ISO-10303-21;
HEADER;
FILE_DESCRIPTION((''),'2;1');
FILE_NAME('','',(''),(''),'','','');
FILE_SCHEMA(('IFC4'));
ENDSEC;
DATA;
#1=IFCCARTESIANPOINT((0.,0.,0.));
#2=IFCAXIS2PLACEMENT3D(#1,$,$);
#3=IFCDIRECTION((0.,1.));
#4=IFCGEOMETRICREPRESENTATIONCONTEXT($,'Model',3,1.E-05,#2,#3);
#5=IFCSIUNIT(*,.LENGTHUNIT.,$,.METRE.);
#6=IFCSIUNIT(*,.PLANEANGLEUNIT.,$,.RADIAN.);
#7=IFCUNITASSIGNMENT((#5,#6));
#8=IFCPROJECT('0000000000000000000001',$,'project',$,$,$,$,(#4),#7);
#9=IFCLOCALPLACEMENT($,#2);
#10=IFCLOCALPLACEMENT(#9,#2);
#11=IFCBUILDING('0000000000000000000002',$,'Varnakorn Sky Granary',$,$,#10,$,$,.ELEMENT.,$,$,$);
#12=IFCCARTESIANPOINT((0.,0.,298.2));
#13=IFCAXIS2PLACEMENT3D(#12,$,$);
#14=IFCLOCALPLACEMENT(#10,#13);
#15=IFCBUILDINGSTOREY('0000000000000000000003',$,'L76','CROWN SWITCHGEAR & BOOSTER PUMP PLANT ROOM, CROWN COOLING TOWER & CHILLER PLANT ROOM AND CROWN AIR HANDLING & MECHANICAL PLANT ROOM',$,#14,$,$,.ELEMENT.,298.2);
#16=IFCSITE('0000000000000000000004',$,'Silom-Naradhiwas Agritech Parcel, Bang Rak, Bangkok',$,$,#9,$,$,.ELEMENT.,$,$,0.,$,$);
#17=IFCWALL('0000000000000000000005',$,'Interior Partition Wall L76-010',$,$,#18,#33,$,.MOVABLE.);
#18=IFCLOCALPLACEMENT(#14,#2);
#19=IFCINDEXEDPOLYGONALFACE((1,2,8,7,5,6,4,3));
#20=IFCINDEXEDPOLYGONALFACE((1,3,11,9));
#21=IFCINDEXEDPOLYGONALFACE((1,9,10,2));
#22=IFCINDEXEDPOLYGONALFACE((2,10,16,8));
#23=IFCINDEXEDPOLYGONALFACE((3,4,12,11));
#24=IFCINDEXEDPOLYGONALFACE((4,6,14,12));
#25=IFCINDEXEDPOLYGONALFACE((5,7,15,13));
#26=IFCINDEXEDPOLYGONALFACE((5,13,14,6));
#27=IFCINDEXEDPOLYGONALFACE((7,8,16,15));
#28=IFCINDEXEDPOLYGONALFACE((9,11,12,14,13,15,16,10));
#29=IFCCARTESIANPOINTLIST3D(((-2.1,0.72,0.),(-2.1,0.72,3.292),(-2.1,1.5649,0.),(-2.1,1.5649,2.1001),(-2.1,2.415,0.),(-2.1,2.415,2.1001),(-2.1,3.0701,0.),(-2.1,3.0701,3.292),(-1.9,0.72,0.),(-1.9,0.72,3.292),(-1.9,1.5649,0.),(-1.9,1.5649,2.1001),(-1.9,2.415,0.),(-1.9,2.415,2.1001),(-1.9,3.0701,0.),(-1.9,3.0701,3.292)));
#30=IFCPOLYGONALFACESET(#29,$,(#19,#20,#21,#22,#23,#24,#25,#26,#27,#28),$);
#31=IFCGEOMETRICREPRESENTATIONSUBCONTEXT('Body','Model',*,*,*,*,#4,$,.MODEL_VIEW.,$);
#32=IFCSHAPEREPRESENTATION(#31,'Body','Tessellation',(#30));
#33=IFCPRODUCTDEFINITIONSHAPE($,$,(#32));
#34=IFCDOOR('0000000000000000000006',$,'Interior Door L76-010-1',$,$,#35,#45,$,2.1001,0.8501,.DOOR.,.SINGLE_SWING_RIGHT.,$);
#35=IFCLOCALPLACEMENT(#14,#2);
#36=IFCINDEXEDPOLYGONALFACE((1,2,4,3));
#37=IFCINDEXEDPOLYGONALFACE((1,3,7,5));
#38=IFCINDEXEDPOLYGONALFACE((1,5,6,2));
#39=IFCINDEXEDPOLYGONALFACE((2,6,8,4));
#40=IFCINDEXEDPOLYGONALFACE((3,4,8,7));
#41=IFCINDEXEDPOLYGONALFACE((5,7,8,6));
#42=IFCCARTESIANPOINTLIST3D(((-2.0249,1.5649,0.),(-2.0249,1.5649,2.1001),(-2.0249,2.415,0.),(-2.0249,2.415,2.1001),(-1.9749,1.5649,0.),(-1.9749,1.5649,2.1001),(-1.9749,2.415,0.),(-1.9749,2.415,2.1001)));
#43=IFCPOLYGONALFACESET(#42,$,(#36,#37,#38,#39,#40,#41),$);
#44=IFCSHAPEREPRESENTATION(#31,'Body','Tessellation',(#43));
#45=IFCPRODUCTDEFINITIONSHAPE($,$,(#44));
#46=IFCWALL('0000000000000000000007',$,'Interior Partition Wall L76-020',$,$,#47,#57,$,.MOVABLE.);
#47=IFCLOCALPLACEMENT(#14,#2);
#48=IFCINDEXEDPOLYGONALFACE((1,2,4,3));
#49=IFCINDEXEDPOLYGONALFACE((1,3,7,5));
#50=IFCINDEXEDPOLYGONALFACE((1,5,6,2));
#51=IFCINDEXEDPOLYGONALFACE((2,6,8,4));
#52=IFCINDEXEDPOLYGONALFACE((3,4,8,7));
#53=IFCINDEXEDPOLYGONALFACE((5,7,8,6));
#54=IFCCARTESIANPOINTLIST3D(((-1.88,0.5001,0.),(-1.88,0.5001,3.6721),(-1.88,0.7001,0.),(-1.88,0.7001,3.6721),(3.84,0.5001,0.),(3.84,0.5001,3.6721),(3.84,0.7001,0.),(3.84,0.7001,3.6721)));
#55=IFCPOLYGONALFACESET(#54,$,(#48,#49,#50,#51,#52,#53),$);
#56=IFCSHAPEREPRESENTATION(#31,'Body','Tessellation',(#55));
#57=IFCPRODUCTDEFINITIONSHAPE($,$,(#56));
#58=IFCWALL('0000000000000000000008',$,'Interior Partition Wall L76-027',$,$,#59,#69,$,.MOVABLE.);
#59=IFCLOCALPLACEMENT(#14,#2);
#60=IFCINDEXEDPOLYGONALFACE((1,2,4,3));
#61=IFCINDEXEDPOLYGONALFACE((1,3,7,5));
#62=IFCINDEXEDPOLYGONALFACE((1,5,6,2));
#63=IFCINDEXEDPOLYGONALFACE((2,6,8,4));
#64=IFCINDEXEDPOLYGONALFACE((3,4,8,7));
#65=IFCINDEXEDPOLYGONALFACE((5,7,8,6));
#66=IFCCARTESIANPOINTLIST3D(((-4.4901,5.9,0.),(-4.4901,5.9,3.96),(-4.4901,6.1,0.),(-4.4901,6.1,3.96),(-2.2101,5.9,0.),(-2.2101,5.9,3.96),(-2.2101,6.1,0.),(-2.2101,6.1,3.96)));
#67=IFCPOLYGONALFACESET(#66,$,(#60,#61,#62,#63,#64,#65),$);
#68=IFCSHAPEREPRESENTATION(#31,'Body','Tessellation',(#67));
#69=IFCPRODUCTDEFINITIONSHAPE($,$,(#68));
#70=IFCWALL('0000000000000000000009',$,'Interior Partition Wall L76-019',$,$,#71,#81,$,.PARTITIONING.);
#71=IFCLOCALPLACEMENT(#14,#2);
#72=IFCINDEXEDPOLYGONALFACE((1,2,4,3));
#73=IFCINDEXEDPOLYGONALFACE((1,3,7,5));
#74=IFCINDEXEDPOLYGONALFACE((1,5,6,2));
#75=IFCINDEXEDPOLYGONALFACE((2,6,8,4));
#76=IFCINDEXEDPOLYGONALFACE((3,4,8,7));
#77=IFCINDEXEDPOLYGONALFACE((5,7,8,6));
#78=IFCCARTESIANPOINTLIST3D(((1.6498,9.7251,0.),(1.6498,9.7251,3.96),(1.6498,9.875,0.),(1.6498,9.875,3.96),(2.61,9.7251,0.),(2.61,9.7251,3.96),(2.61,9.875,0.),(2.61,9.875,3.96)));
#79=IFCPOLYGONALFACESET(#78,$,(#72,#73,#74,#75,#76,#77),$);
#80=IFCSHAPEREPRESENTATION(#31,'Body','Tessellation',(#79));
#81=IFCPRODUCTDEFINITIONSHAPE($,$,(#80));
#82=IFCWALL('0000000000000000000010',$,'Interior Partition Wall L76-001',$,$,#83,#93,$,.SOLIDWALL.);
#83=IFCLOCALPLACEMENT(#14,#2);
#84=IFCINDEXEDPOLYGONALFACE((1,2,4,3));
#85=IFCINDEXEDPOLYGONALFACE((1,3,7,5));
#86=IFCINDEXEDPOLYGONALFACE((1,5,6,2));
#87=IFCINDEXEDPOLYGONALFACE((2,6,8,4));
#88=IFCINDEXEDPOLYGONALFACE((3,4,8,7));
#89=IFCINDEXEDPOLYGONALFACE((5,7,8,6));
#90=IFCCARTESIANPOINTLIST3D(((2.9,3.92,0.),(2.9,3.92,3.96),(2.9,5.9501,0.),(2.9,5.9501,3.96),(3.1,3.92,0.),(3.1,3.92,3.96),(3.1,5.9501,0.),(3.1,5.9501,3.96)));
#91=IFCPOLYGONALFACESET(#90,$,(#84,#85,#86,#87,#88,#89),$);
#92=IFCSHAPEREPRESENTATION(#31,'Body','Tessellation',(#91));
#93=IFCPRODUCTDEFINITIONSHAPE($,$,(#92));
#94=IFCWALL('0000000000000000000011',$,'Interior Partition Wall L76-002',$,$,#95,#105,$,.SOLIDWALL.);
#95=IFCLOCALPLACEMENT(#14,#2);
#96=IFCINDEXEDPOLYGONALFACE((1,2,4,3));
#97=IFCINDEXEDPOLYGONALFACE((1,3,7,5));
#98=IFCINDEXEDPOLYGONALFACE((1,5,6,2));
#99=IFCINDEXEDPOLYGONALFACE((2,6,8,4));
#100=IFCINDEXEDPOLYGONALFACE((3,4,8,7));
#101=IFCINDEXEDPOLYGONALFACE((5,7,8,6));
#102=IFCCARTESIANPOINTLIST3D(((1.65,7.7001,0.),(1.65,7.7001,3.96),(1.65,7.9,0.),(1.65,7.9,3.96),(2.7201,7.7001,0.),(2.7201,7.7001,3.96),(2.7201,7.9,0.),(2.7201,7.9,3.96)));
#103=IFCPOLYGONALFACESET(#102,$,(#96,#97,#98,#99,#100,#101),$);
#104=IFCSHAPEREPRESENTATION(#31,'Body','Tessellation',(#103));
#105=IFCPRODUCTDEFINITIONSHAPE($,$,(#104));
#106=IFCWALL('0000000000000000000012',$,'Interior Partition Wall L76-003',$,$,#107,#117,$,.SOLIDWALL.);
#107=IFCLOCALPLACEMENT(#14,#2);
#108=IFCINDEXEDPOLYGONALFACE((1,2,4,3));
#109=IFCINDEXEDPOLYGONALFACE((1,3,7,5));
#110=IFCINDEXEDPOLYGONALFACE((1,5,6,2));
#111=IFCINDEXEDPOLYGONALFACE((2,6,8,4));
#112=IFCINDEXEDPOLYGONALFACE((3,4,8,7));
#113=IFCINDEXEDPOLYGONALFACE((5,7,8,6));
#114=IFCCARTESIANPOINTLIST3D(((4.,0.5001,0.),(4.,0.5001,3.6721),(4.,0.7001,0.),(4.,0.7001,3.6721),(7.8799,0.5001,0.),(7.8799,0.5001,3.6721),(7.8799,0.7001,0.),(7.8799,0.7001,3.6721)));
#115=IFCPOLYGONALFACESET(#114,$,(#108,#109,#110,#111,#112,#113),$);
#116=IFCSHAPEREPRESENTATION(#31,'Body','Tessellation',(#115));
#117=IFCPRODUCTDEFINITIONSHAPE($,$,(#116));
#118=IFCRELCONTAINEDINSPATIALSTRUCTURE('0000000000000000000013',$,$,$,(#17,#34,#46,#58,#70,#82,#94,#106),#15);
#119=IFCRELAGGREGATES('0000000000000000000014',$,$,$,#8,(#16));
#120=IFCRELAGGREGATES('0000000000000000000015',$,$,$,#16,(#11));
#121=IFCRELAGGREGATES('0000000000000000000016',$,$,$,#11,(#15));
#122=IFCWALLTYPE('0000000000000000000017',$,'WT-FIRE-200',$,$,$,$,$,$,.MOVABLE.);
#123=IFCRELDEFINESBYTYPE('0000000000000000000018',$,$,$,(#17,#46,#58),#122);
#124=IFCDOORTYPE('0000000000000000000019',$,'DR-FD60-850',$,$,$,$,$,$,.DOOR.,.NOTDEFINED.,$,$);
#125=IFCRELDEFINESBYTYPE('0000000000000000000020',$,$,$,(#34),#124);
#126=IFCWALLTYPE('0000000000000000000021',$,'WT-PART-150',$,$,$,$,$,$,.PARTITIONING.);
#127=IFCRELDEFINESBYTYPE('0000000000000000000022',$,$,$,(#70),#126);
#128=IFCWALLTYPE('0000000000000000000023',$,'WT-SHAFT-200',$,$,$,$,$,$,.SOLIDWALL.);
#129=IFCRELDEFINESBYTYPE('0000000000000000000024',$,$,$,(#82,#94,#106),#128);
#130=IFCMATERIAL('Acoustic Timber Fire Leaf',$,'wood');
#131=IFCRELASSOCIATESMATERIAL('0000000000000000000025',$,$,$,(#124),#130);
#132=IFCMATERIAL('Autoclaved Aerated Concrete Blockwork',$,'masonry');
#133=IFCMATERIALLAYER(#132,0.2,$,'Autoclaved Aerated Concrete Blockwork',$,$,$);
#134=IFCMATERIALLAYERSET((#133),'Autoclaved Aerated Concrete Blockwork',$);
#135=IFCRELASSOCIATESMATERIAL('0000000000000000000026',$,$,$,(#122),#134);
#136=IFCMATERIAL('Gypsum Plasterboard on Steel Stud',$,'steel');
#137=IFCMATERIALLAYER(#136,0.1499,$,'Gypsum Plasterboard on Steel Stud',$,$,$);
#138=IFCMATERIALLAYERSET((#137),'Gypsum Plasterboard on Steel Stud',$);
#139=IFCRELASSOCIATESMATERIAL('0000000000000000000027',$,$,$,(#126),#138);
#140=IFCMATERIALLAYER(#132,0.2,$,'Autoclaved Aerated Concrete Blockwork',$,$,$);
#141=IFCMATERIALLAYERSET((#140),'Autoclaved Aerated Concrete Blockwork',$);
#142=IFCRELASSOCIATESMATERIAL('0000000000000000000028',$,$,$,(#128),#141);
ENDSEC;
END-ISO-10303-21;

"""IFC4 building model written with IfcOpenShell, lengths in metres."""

from ifc_helpers import new_model, si_unit, direction, frame, frame_2d, origin, place, context, subcontext, project, spatial, rectangle, extrude, material, layer, layer_set, type_object, element, fill, save


model = new_model("IFC4")

# Units and contexts
model_context = context("Model", 3, precision=1e-05, world=origin(), true_north=direction((0.0, 1.0)))
body_context = subcontext(model_context, "Body", "Model", "MODEL_VIEW")
ifc_project = project(units=[si_unit("LENGTHUNIT", "METRE"), si_unit("PLANEANGLEUNIT", "RADIAN")], contexts=[model_context])

# Site, building, storey
site_placement = place(None, origin())
site = spatial("IfcSite", under=ifc_project, at=site_placement, Name="Silom-Naradhiwas Agritech Parcel, Bang Rak, Bangkok", CompositionType="ELEMENT", RefElevation=0.0)
building_placement = place(site_placement, origin())
building = spatial("IfcBuilding", under=site, at=building_placement, Name="Varnakorn Sky Granary", CompositionType="ELEMENT")
storey_placement = place(building_placement, frame((0.0, 0.0, 298.2)))
storey = spatial("IfcBuildingStorey", under=building, at=storey_placement, Name="L76", Description="CROWN SWITCHGEAR & BOOSTER PUMP PLANT ROOM, CROWN COOLING TOWER & CHILLER PLANT ROOM AND CROWN AIR HANDLING & MECHANICAL PLANT ROOM", CompositionType="ELEMENT", Elevation=298.2)

# Shared definitions
ifc_material_1 = material(Name="Acoustic Timber Fire Leaf", Category="wood")
door_type_1 = type_object("IfcDoorType", Name="DR-FD60-850", OperationType="NOTDEFINED", PredefinedType="DOOR", material=ifc_material_1)

# Shared definitions
ifc_material_2 = material(Name="Autoclaved Aerated Concrete Blockwork", Category="masonry")
ifc_layer_1 = layer(ifc_material_2, 0.2, Name="Autoclaved Aerated Concrete Blockwork")
ifc_layer_set_1 = layer_set([ifc_layer_1], Name="Autoclaved Aerated Concrete Blockwork")
wall_type_1 = type_object("IfcWallType", Name="WT-FIRE-200", PredefinedType="MOVABLE", material=ifc_layer_set_1)

# Wall, opening, door
wall_1_placement = place(storey_placement, frame((-2.0, 0.72, 0.0), z_axis=(0.0, 0.0, 1.0), x_axis=(0.0, 1.0, 0.0)))
wall_1 = element("IfcWall", 1, at=wall_1_placement, inside=storey, type_object=wall_type_1, Name="Interior Partition Wall L76-010", PredefinedType="MOVABLE", context=body_context, shape_type="SweptSolid", body=[
    extrude(rectangle(XDim=2.3501, YDim=0.2, at=frame_2d((1.175, 0.0))), origin(), (0.0, 0.0, 1.0), 3.292),
])
opening_1_placement = place(wall_1_placement, frame((0.845, 0.0, 0.0)))
opening_1 = element("IfcOpeningElement", 2, at=opening_1_placement, cuts=wall_1, PredefinedType="OPENING", context=body_context, shape_type="SweptSolid", body=[
    extrude(rectangle(XDim=0.8501, YDim=2.1001, at=frame_2d((0.425, 1.05))), frame((0.0, 0.1099, 0.0), z_axis=(0.0, -1.0, 0.0), x_axis=(1.0, 0.0, 0.0)), (0.0, 0.0, 1.0), 0.22),
])
door_1_placement = place(opening_1_placement, origin())
door_1 = element("IfcDoor", 3, at=door_1_placement, inside=storey, type_object=door_type_1, Name="Interior Door L76-010-1", OperationType="SINGLE_SWING_RIGHT", OverallHeight=2.1001, OverallWidth=0.8501, PredefinedType="DOOR", context=body_context, shape_type="SweptSolid", body=[
    extrude(rectangle(XDim=0.8501, YDim=2.1001, at=frame_2d((0.425, 1.05))), frame((0.0, 0.0249, 0.0), z_axis=(0.0, -1.0, 0.0), x_axis=(1.0, 0.0, 0.0)), (0.0, 0.0, 1.0), 0.05),
])
fill(opening_1, door_1)

# Walls
wall_2_placement = place(storey_placement, frame((-1.8799, 0.6001, 0.0), z_axis=(0.0, 0.0, 1.0), x_axis=(1.0, 0.0, 0.0)))
element("IfcWall", 4, at=wall_2_placement, inside=storey, type_object=wall_type_1, Name="Interior Partition Wall L76-020", PredefinedType="MOVABLE", context=body_context, shape_type="SweptSolid", body=[
    extrude(rectangle(XDim=5.72, YDim=0.2, at=frame_2d((2.8599, 0.0))), origin(), (0.0, 0.0, 1.0), 3.6721),
])
wall_3_placement = place(storey_placement, frame((-2.21, 6.0, 0.0), z_axis=(0.0, 0.0, 1.0), x_axis=(-1.0, 0.0, 0.0)))
element("IfcWall", 5, at=wall_3_placement, inside=storey, type_object=wall_type_1, Name="Interior Partition Wall L76-027", PredefinedType="MOVABLE", context=body_context, shape_type="SweptSolid", body=[
    extrude(rectangle(XDim=2.28, YDim=0.2, at=frame_2d((1.1401, 0.0))), origin(), (0.0, 0.0, 1.0), 3.96),
])
ifc_material_3 = material(Name="Gypsum Plasterboard on Steel Stud", Category="steel")
ifc_layer_2 = layer(ifc_material_3, 0.1499, Name="Gypsum Plasterboard on Steel Stud")
ifc_layer_set_2 = layer_set([ifc_layer_2], Name="Gypsum Plasterboard on Steel Stud")
wall_type_2 = type_object("IfcWallType", Name="WT-PART-150", PredefinedType="PARTITIONING", material=ifc_layer_set_2)
wall_4_placement = place(storey_placement, frame((1.6499, 9.8, 0.0), z_axis=(0.0, 0.0, 1.0), x_axis=(1.0, 0.0, 0.0)))
element("IfcWall", 6, at=wall_4_placement, inside=storey, type_object=wall_type_2, Name="Interior Partition Wall L76-019", PredefinedType="PARTITIONING", context=body_context, shape_type="SweptSolid", body=[
    extrude(rectangle(XDim=0.9602, YDim=0.1499, at=frame_2d((0.48, 0.0))), origin(), (0.0, 0.0, 1.0), 3.96),
])
ifc_layer_3 = layer(ifc_material_2, 0.2, Name="Autoclaved Aerated Concrete Blockwork")
ifc_layer_set_3 = layer_set([ifc_layer_3], Name="Autoclaved Aerated Concrete Blockwork")
wall_type_3 = type_object("IfcWallType", Name="WT-SHAFT-200", PredefinedType="SOLIDWALL", material=ifc_layer_set_3)
wall_5_placement = place(storey_placement, frame((3.0, 3.9199, 0.0), z_axis=(0.0, 0.0, 1.0), x_axis=(0.0, 1.0, 0.0)))
element("IfcWall", 7, at=wall_5_placement, inside=storey, type_object=wall_type_3, Name="Interior Partition Wall L76-001", PredefinedType="SOLIDWALL", context=body_context, shape_type="SweptSolid", body=[
    extrude(rectangle(XDim=2.03, YDim=0.2, at=frame_2d((1.0151, 0.0))), origin(), (0.0, 0.0, 1.0), 3.96),
])
wall_6_placement = place(storey_placement, frame((1.6499, 7.8, 0.0), z_axis=(0.0, 0.0, 1.0), x_axis=(1.0, 0.0, 0.0)))
element("IfcWall", 8, at=wall_6_placement, inside=storey, type_object=wall_type_3, Name="Interior Partition Wall L76-002", PredefinedType="SOLIDWALL", context=body_context, shape_type="SweptSolid", body=[
    extrude(rectangle(XDim=1.0701, YDim=0.2, at=frame_2d((0.5352, 0.0))), origin(), (0.0, 0.0, 1.0), 3.96),
])
wall_7_placement = place(storey_placement, frame((4.0, 0.6001, 0.0), z_axis=(0.0, 0.0, 1.0), x_axis=(1.0, 0.0, 0.0)))
element("IfcWall", 9, at=wall_7_placement, inside=storey, type_object=wall_type_3, Name="Interior Partition Wall L76-003", PredefinedType="SOLIDWALL", context=body_context, shape_type="SweptSolid", body=[
    extrude(rectangle(XDim=3.8799, YDim=0.2, at=frame_2d((1.9399, 0.0))), origin(), (0.0, 0.0, 1.0), 3.6721),
])

save(model, "model.ifc")
